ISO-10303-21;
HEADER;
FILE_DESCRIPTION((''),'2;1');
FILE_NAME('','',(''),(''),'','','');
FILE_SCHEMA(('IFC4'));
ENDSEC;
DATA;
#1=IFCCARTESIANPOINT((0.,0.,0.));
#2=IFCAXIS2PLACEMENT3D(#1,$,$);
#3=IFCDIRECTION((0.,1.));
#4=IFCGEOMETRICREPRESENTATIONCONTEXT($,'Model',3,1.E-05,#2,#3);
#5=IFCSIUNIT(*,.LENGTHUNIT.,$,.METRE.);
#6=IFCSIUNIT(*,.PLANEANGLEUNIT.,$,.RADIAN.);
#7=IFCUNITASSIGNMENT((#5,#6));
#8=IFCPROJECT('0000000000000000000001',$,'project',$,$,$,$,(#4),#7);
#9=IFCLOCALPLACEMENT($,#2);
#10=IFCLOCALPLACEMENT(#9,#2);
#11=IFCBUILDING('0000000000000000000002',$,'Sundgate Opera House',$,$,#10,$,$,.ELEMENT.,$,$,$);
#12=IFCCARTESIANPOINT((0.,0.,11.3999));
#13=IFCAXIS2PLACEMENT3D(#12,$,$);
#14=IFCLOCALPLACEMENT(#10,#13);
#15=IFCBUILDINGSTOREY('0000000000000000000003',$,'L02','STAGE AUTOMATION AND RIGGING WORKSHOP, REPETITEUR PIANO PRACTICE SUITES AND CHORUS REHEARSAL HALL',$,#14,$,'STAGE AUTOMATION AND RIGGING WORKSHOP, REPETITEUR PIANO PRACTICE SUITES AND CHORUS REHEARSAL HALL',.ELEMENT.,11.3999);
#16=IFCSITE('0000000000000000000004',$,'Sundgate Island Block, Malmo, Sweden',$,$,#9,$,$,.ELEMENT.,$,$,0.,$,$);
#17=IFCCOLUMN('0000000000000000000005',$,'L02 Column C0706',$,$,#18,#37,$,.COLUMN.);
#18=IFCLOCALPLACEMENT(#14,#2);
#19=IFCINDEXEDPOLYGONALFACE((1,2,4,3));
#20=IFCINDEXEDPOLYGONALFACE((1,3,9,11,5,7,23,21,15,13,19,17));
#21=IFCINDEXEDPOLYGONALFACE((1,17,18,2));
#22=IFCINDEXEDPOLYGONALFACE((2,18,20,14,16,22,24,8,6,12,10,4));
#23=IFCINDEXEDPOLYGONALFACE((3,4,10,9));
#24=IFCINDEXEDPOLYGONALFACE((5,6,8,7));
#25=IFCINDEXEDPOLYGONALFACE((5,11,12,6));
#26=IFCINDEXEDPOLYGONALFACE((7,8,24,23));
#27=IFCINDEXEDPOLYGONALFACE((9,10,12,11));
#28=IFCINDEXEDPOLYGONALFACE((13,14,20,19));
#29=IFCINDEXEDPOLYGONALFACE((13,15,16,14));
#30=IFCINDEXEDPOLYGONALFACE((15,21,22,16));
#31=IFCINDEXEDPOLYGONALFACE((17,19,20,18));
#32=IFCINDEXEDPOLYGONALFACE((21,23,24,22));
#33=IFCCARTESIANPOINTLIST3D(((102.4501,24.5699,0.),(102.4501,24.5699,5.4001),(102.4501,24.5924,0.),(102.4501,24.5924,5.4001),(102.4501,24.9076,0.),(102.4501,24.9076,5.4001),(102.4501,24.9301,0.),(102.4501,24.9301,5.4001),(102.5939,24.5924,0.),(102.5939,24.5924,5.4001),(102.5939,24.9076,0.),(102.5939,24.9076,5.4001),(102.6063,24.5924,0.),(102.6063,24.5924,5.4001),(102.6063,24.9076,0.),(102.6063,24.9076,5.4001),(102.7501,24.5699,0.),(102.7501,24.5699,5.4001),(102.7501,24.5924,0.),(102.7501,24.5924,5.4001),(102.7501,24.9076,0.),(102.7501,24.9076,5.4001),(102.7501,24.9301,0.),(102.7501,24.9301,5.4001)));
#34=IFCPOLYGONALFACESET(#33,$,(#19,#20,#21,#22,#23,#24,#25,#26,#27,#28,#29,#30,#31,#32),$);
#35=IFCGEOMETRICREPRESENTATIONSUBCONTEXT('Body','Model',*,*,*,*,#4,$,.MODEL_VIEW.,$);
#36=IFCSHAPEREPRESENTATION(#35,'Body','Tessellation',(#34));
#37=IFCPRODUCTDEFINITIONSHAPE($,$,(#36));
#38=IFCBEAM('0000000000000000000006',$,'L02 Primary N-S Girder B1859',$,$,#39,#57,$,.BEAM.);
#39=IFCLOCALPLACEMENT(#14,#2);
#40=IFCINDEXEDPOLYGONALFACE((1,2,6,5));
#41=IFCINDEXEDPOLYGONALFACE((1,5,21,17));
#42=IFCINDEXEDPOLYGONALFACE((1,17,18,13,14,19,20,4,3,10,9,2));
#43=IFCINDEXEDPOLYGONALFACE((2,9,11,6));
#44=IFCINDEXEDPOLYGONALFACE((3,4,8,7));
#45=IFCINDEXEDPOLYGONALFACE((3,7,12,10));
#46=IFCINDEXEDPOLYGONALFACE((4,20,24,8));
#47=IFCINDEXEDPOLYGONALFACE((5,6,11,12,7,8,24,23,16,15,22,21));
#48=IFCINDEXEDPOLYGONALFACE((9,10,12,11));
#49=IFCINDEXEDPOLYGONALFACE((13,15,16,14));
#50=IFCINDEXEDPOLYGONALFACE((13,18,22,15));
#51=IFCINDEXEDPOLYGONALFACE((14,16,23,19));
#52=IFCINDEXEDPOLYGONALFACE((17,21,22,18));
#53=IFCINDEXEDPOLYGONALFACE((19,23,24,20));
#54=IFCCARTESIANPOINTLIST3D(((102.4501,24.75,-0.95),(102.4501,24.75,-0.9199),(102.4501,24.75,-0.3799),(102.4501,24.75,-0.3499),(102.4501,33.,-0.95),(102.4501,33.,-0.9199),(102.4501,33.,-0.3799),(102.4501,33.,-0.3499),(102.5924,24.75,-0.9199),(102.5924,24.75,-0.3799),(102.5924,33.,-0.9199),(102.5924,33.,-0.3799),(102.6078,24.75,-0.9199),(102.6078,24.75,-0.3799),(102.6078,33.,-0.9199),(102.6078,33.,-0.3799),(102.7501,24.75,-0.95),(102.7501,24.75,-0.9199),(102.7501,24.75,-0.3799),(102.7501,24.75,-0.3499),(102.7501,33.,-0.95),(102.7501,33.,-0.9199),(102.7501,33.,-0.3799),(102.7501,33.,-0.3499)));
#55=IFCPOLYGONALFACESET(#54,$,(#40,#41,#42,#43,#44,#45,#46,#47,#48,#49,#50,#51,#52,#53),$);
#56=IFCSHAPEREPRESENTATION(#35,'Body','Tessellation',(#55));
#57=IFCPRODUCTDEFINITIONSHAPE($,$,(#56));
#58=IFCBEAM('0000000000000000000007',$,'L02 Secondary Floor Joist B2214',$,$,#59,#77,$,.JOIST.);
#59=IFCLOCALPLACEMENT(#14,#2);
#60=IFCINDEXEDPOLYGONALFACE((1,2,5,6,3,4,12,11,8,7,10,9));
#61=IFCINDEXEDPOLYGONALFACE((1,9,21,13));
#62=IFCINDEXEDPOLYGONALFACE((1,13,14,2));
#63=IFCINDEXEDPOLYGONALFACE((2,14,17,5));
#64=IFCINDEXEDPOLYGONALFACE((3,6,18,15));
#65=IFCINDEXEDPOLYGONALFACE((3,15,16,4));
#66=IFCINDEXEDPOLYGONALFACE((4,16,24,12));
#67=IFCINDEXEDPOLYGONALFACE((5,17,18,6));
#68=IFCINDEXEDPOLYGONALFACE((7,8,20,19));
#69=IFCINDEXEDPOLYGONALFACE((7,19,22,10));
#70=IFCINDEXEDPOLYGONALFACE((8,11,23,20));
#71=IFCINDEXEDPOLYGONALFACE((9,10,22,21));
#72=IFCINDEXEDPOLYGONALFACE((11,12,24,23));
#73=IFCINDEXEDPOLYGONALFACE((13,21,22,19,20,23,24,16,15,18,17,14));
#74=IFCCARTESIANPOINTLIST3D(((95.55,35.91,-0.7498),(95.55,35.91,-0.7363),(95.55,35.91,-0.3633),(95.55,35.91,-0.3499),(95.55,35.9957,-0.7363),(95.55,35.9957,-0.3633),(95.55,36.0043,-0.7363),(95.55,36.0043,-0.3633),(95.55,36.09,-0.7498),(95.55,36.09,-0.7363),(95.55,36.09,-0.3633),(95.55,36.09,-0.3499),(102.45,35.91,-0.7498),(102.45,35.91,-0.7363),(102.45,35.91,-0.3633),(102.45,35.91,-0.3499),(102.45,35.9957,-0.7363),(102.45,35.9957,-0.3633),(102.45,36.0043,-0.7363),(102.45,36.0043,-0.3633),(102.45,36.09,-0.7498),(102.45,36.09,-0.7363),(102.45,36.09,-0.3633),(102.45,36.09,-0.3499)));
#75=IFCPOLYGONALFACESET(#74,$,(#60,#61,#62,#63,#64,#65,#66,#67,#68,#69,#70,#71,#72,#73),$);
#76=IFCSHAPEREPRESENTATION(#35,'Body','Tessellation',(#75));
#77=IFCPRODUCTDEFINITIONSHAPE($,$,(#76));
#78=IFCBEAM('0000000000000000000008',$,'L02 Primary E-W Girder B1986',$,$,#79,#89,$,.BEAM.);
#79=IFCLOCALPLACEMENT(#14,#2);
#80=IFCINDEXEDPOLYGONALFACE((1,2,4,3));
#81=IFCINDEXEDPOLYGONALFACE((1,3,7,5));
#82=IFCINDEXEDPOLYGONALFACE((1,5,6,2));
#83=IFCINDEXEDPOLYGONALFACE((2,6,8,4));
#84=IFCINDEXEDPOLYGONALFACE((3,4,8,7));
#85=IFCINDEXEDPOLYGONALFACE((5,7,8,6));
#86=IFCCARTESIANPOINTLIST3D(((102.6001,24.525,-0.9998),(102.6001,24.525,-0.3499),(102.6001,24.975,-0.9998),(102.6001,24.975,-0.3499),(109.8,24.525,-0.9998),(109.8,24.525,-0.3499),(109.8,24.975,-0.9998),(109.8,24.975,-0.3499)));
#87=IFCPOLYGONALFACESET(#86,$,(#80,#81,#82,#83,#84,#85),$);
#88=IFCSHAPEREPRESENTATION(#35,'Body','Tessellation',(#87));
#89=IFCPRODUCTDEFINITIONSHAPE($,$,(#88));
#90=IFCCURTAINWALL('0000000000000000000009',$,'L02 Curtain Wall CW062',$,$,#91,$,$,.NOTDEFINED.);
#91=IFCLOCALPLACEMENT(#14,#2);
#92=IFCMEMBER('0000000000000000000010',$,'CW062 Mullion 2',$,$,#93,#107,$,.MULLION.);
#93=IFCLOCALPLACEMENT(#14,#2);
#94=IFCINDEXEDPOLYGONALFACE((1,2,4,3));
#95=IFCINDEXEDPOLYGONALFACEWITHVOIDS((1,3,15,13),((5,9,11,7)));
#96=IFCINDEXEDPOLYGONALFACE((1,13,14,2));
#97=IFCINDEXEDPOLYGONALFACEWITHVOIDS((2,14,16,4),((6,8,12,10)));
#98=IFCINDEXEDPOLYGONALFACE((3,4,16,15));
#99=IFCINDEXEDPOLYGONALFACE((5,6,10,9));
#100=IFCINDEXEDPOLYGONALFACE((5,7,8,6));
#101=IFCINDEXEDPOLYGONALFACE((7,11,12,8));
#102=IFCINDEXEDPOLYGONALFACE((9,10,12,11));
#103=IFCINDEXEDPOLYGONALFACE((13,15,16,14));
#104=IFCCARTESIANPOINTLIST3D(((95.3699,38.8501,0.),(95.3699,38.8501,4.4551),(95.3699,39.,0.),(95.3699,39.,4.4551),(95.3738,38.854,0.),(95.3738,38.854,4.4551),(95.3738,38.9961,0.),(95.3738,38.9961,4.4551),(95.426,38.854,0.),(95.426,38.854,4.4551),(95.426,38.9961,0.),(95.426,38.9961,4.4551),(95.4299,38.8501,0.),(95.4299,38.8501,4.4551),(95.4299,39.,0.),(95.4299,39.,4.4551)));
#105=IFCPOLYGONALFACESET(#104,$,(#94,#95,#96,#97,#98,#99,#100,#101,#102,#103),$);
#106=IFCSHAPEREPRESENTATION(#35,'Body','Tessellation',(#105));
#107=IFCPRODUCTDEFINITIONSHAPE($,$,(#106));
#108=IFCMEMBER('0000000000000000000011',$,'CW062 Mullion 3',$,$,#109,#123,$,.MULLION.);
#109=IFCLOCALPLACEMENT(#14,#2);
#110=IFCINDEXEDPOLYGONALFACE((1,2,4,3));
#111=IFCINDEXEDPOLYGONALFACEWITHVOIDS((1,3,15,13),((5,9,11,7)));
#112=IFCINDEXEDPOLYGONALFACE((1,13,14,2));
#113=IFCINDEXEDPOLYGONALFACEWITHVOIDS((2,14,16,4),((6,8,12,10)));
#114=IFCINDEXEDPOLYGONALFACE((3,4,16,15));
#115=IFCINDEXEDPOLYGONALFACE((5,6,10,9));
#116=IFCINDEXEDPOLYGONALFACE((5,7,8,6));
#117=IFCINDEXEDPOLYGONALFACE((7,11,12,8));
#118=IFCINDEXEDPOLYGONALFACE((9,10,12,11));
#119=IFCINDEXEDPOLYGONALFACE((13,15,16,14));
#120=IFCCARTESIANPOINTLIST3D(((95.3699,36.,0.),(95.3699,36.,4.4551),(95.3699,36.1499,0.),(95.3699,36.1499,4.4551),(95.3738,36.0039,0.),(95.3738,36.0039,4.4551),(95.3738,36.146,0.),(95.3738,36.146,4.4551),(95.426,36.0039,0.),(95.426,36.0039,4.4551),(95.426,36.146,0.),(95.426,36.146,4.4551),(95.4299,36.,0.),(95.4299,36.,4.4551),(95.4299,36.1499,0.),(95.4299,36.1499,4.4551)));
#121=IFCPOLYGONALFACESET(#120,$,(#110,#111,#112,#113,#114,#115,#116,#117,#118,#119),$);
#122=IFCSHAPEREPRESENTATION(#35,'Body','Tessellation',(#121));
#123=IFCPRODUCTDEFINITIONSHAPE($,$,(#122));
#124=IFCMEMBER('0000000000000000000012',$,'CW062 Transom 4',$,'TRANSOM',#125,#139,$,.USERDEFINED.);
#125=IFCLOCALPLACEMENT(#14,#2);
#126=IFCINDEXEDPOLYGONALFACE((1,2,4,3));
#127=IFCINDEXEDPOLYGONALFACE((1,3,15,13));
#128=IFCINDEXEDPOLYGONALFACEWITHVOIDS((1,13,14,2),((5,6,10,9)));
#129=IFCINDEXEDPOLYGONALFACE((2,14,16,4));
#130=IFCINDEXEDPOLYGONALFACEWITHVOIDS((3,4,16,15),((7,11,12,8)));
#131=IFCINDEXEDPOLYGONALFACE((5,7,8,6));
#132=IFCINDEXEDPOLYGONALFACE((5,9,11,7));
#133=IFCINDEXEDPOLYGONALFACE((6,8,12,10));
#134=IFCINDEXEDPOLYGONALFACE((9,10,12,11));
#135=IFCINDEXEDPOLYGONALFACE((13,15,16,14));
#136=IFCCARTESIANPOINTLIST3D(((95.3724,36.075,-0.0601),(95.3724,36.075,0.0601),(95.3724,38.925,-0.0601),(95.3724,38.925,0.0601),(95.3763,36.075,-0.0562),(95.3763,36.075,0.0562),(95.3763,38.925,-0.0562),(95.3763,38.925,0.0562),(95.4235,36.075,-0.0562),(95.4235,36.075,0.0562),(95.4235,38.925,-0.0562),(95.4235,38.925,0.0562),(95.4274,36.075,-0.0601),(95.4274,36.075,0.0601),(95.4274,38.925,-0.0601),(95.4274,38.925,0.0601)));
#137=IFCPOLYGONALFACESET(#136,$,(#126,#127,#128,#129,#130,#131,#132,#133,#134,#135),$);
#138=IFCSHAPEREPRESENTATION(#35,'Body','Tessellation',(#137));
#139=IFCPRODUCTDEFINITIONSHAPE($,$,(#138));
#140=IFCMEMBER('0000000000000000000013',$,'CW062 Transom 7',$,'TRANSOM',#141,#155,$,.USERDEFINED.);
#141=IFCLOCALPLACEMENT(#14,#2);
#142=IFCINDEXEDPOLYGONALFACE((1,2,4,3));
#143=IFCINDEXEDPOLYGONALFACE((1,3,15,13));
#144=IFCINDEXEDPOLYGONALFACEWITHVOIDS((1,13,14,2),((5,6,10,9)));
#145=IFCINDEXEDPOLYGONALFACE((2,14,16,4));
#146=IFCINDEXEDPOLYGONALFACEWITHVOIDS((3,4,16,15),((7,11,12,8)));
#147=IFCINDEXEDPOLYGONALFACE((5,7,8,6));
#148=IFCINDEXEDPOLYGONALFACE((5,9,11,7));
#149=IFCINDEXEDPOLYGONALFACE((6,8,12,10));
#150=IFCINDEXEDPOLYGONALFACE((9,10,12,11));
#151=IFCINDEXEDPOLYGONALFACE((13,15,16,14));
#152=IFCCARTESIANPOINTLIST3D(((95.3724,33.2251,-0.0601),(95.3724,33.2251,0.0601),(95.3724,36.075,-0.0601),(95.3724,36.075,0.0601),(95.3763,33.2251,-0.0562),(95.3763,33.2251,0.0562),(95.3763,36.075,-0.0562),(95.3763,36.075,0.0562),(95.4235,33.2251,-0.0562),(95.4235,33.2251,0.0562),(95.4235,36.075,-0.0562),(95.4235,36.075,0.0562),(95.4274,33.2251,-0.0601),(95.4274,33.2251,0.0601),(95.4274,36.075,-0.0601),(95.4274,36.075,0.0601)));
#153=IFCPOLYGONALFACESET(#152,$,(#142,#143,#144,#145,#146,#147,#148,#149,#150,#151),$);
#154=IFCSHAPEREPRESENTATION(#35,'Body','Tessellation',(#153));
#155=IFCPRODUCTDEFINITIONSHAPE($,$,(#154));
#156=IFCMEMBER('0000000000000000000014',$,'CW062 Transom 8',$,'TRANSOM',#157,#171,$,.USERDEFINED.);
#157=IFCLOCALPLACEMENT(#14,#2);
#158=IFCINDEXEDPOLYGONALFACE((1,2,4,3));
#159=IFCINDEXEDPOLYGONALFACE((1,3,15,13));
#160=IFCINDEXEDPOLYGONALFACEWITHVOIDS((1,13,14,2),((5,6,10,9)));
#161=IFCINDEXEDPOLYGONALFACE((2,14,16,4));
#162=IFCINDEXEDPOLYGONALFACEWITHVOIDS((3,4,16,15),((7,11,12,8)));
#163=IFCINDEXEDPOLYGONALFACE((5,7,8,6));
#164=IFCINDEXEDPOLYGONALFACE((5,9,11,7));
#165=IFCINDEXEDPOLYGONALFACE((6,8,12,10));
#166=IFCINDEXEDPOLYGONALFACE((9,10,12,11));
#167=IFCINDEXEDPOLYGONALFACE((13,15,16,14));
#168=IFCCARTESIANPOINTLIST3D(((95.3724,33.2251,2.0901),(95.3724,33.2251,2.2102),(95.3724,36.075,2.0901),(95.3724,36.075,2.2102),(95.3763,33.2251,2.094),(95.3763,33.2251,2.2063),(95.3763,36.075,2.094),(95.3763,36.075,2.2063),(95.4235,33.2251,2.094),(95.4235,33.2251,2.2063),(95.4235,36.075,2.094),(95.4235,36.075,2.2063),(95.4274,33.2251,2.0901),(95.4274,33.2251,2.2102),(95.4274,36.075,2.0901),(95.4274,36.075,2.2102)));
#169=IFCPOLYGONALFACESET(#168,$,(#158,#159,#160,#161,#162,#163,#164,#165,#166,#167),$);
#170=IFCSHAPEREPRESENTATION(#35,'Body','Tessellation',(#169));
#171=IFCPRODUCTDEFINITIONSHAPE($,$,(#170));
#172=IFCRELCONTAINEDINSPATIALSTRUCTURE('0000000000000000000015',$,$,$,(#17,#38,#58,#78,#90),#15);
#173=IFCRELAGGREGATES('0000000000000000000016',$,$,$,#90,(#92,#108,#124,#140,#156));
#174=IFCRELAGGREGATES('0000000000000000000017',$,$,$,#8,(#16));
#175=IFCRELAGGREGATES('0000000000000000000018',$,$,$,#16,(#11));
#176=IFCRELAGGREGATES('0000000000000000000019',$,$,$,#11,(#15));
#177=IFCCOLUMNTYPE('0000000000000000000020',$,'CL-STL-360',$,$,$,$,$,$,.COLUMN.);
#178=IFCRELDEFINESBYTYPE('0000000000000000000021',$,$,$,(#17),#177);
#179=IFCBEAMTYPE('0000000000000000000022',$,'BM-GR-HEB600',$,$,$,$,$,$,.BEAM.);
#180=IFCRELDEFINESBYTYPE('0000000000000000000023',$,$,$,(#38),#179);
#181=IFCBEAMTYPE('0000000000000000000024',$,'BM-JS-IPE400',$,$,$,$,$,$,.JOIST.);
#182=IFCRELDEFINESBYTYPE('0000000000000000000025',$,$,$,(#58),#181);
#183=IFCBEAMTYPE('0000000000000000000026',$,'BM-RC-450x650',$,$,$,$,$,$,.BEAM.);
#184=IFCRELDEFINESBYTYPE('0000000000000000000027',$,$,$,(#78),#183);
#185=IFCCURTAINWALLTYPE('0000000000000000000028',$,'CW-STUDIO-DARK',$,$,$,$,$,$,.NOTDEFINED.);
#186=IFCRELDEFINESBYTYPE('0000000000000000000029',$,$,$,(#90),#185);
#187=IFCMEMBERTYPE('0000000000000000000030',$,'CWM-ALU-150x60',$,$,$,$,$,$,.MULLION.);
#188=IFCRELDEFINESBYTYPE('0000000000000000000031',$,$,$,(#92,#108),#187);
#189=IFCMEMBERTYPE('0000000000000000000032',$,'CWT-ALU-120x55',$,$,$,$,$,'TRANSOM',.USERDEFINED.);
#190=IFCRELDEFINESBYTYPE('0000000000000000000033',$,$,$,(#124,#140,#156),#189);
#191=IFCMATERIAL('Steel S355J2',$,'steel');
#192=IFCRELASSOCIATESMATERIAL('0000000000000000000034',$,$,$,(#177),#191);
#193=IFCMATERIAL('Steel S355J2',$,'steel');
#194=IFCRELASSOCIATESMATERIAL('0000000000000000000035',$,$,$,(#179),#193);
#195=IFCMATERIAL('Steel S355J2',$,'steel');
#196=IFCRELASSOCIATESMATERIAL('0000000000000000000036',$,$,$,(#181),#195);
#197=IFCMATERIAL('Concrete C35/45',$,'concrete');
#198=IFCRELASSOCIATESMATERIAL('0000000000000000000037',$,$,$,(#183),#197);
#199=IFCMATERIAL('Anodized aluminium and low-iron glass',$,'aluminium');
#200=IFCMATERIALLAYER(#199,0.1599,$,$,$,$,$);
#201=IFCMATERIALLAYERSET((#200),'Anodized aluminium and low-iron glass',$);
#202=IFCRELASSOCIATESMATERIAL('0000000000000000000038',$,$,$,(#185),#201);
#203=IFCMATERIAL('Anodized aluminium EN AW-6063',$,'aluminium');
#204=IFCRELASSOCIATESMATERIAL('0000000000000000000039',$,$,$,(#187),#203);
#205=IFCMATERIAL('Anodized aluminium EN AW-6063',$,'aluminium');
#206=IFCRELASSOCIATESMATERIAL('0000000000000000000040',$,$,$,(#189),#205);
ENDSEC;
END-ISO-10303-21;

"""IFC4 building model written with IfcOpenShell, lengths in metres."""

from ifc_helpers import new_model, si_unit, direction, frame, origin, origin_2d, place, context, subcontext, project, spatial, rectangle, hollow_rectangle, i_section, extrude, material, layer, layer_set, material_profile, profile_set, type_object, element, aggregate, save


model = new_model("IFC4")

# Units and contexts
model_context = context("Model", 3, precision=1e-05, world=origin(), true_north=direction((0.0, 1.0)))
body_context = subcontext(model_context, "Body", "Model", "MODEL_VIEW")
ifc_project = project(units=[si_unit("LENGTHUNIT", "METRE"), si_unit("PLANEANGLEUNIT", "RADIAN")], contexts=[model_context])

# Site, building, storey
site_placement = place(None, origin())
site = spatial("IfcSite", under=ifc_project, at=site_placement, Name="Sundgate Island Block, Malmo, Sweden", CompositionType="ELEMENT", RefElevation=0.0)
building_placement = place(site_placement, origin())
building = spatial("IfcBuilding", under=site, at=building_placement, Name="Sundgate Opera House", CompositionType="ELEMENT")
storey_placement = place(building_placement, frame((0.0, 0.0, 11.3999)))
storey = spatial("IfcBuildingStorey", under=building, at=storey_placement, Name="L02", Description="STAGE AUTOMATION AND RIGGING WORKSHOP, REPETITEUR PIANO PRACTICE SUITES AND CHORUS REHEARSAL HALL", LongName="STAGE AUTOMATION AND RIGGING WORKSHOP, REPETITEUR PIANO PRACTICE SUITES AND CHORUS REHEARSAL HALL", CompositionType="ELEMENT", Elevation=11.3999)

# Column
ifc_material_1 = material(Name="Steel S355J2", Category="steel")
ifc_material_profile_1 = material_profile(ifc_material_1, i_section(OverallWidth=0.3, OverallDepth=0.3601, WebThickness=0.0125, FlangeThickness=0.0225, at=origin_2d()), Name="HEB 360")
ifc_profile_set_1 = profile_set([ifc_material_profile_1], Name="Steel S355J2")
column_type = type_object("IfcColumnType", Name="CL-STL-360", PredefinedType="COLUMN", material=ifc_profile_set_1)
column_placement = place(storey_placement, frame((102.6001, 24.75, 0.0), z_axis=(0.0, 0.0, 1.0), x_axis=(1.0, 0.0, 0.0)))
element("IfcColumn", 1, at=column_placement, inside=storey, type_object=column_type, Name="L02 Column C0706", PredefinedType="COLUMN", context=body_context, shape_type="SweptSolid", body=[
    extrude(i_section(OverallWidth=0.3, OverallDepth=0.3601, WebThickness=0.0125, FlangeThickness=0.0225, at=origin_2d()), origin(), (0.0, 0.0, 1.0), 5.4001),
])

# Beams
ifc_material_2 = material(Name="Steel S355J2", Category="steel")
ifc_material_profile_2 = material_profile(ifc_material_2, i_section(OverallWidth=0.3, OverallDepth=0.6001, WebThickness=0.0154, FlangeThickness=0.03, at=origin_2d()), Name="HEB 600")
ifc_profile_set_2 = profile_set([ifc_material_profile_2], Name="Steel S355J2")
beam_type_1 = type_object("IfcBeamType", Name="BM-GR-HEB600", PredefinedType="BEAM", material=ifc_profile_set_2)
beam_1_placement = place(storey_placement, frame((102.6001, 24.75, -0.6499), z_axis=(0.0, 1.0, 0.0), x_axis=(-1.0, 0.0, 0.0)))
element("IfcBeam", 2, at=beam_1_placement, inside=storey, type_object=beam_type_1, Name="L02 Primary N-S Girder B1859", PredefinedType="BEAM", context=body_context, shape_type="SweptSolid", body=[
    extrude(i_section(OverallWidth=0.3, OverallDepth=0.6001, WebThickness=0.0154, FlangeThickness=0.03, at=origin_2d()), origin(), (0.0, 0.0, 1.0), 8.25),
])
ifc_material_3 = material(Name="Steel S355J2", Category="steel")
ifc_material_profile_3 = material_profile(ifc_material_3, i_section(OverallWidth=0.1799, OverallDepth=0.3999, WebThickness=0.0085, FlangeThickness=0.0134, at=origin_2d()), Name="IPE 400")
ifc_profile_set_3 = profile_set([ifc_material_profile_3], Name="Steel S355J2")
beam_type_2 = type_object("IfcBeamType", Name="BM-JS-IPE400", PredefinedType="JOIST", material=ifc_profile_set_3)
beam_2_placement = place(storey_placement, frame((95.55, 36.0, -0.5498), z_axis=(1.0, 0.0, 0.0), x_axis=(0.0, 1.0, 0.0)))
element("IfcBeam", 3, at=beam_2_placement, inside=storey, type_object=beam_type_2, Name="L02 Secondary Floor Joist B2214", PredefinedType="JOIST", context=body_context, shape_type="SweptSolid", body=[
    extrude(i_section(OverallWidth=0.1799, OverallDepth=0.3999, WebThickness=0.0085, FlangeThickness=0.0134, at=origin_2d()), origin(), (0.0, 0.0, 1.0), 6.8999),
])
ifc_material_4 = material(Name="Concrete C35/45", Category="concrete")
ifc_material_profile_4 = material_profile(ifc_material_4, rectangle(XDim=0.45, YDim=0.6499, at=origin_2d()), Name="RC 450x650")
ifc_profile_set_4 = profile_set([ifc_material_profile_4], Name="Concrete C35/45")
beam_type_3 = type_object("IfcBeamType", Name="BM-RC-450x650", PredefinedType="BEAM", material=ifc_profile_set_4)
beam_3_placement = place(storey_placement, frame((102.6001, 24.75, -0.6748), z_axis=(1.0, 0.0, 0.0), x_axis=(0.0, 1.0, 0.0)))
element("IfcBeam", 4, at=beam_3_placement, inside=storey, type_object=beam_type_3, Name="L02 Primary E-W Girder B1986", PredefinedType="BEAM", context=body_context, shape_type="SweptSolid", body=[
    extrude(rectangle(XDim=0.45, YDim=0.6499, at=origin_2d()), origin(), (0.0, 0.0, 1.0), 7.2),
])

# Curtain wall, members
ifc_material_5 = material(Name="Anodized aluminium and low-iron glass", Category="aluminium")
ifc_layer_1 = layer(ifc_material_5, 0.1599)
ifc_layer_set_1 = layer_set([ifc_layer_1], Name="Anodized aluminium and low-iron glass")
curtain_wall_type = type_object("IfcCurtainWallType", Name="CW-STUDIO-DARK", PredefinedType="NOTDEFINED", material=ifc_layer_set_1)
curtain_wall_placement = place(storey_placement, origin())
curtain_wall = element("IfcCurtainWall", 5, at=curtain_wall_placement, inside=storey, type_object=curtain_wall_type, Name="L02 Curtain Wall CW062", PredefinedType="NOTDEFINED")
ifc_material_6 = material(Name="Anodized aluminium EN AW-6063", Category="aluminium")
ifc_material_profile_5 = material_profile(ifc_material_6, hollow_rectangle(XDim=0.0601, YDim=0.1499, WallThickness=0.0039, at=origin_2d()), Name="CWM 150x60x4")
ifc_profile_set_5 = profile_set([ifc_material_profile_5], Name="Anodized aluminium EN AW-6063")
member_type_1 = type_object("IfcMemberType", Name="CWM-ALU-150x60", PredefinedType="MULLION", material=ifc_profile_set_5)
member_1_placement = place(storey_placement, frame((95.3999, 38.925, 0.0), z_axis=(0.0, 0.0, 1.0), x_axis=(1.0, 0.0, 0.0)))
member_1 = element("IfcMember", 6, at=member_1_placement, type_object=member_type_1, Name="CW062 Mullion 2", PredefinedType="MULLION", context=body_context, shape_type="SweptSolid", body=[
    extrude(hollow_rectangle(XDim=0.0601, YDim=0.1499, WallThickness=0.0039, at=origin_2d()), origin(), (0.0, 0.0, 1.0), 4.4551),
])
member_2_placement = place(storey_placement, frame((95.3999, 36.075, 0.0), z_axis=(0.0, 0.0, 1.0), x_axis=(1.0, 0.0, 0.0)))
member_2 = element("IfcMember", 7, at=member_2_placement, type_object=member_type_1, Name="CW062 Mullion 3", PredefinedType="MULLION", context=body_context, shape_type="SweptSolid", body=[
    extrude(hollow_rectangle(XDim=0.0601, YDim=0.1499, WallThickness=0.0039, at=origin_2d()), origin(), (0.0, 0.0, 1.0), 4.4551),
])
ifc_material_7 = material(Name="Anodized aluminium EN AW-6063", Category="aluminium")
ifc_material_profile_6 = material_profile(ifc_material_7, hollow_rectangle(XDim=0.0549, YDim=0.1201, WallThickness=0.0039, at=origin_2d()), Name="CWT 120x55x4")
ifc_profile_set_6 = profile_set([ifc_material_profile_6], Name="Anodized aluminium EN AW-6063")
member_type_2 = type_object("IfcMemberType", Name="CWT-ALU-120x55", ElementType="TRANSOM", PredefinedType="USERDEFINED", material=ifc_profile_set_6)
member_3_placement = place(storey_placement, frame((95.3999, 38.925, 0.0), z_axis=(0.0, -1.0, 0.0), x_axis=(1.0, 0.0, 0.0)))
member_3 = element("IfcMember", 8, at=member_3_placement, type_object=member_type_2, Name="CW062 Transom 4", ObjectType="TRANSOM", PredefinedType="USERDEFINED", context=body_context, shape_type="SweptSolid", body=[
    extrude(hollow_rectangle(XDim=0.0549, YDim=0.1201, WallThickness=0.0039, at=origin_2d()), origin(), (0.0, 0.0, 1.0), 2.8501),
])
member_4_placement = place(storey_placement, frame((95.3999, 36.075, 0.0), z_axis=(0.0, -1.0, 0.0), x_axis=(1.0, 0.0, 0.0)))
member_4 = element("IfcMember", 9, at=member_4_placement, type_object=member_type_2, Name="CW062 Transom 7", ObjectType="TRANSOM", PredefinedType="USERDEFINED", context=body_context, shape_type="SweptSolid", body=[
    extrude(hollow_rectangle(XDim=0.0549, YDim=0.1201, WallThickness=0.0039, at=origin_2d()), origin(), (0.0, 0.0, 1.0), 2.8499),
])
member_5_placement = place(storey_placement, frame((95.3999, 36.075, 2.1501), z_axis=(0.0, -1.0, 0.0), x_axis=(1.0, 0.0, 0.0)))
member_5 = element("IfcMember", 10, at=member_5_placement, type_object=member_type_2, Name="CW062 Transom 8", ObjectType="TRANSOM", PredefinedType="USERDEFINED", context=body_context, shape_type="SweptSolid", body=[
    extrude(hollow_rectangle(XDim=0.0549, YDim=0.1201, WallThickness=0.0039, at=origin_2d()), origin(), (0.0, 0.0, 1.0), 2.8499),
])

aggregate(curtain_wall, [member_1, member_2, member_3, member_4, member_5])

save(model, "model.ifc")
